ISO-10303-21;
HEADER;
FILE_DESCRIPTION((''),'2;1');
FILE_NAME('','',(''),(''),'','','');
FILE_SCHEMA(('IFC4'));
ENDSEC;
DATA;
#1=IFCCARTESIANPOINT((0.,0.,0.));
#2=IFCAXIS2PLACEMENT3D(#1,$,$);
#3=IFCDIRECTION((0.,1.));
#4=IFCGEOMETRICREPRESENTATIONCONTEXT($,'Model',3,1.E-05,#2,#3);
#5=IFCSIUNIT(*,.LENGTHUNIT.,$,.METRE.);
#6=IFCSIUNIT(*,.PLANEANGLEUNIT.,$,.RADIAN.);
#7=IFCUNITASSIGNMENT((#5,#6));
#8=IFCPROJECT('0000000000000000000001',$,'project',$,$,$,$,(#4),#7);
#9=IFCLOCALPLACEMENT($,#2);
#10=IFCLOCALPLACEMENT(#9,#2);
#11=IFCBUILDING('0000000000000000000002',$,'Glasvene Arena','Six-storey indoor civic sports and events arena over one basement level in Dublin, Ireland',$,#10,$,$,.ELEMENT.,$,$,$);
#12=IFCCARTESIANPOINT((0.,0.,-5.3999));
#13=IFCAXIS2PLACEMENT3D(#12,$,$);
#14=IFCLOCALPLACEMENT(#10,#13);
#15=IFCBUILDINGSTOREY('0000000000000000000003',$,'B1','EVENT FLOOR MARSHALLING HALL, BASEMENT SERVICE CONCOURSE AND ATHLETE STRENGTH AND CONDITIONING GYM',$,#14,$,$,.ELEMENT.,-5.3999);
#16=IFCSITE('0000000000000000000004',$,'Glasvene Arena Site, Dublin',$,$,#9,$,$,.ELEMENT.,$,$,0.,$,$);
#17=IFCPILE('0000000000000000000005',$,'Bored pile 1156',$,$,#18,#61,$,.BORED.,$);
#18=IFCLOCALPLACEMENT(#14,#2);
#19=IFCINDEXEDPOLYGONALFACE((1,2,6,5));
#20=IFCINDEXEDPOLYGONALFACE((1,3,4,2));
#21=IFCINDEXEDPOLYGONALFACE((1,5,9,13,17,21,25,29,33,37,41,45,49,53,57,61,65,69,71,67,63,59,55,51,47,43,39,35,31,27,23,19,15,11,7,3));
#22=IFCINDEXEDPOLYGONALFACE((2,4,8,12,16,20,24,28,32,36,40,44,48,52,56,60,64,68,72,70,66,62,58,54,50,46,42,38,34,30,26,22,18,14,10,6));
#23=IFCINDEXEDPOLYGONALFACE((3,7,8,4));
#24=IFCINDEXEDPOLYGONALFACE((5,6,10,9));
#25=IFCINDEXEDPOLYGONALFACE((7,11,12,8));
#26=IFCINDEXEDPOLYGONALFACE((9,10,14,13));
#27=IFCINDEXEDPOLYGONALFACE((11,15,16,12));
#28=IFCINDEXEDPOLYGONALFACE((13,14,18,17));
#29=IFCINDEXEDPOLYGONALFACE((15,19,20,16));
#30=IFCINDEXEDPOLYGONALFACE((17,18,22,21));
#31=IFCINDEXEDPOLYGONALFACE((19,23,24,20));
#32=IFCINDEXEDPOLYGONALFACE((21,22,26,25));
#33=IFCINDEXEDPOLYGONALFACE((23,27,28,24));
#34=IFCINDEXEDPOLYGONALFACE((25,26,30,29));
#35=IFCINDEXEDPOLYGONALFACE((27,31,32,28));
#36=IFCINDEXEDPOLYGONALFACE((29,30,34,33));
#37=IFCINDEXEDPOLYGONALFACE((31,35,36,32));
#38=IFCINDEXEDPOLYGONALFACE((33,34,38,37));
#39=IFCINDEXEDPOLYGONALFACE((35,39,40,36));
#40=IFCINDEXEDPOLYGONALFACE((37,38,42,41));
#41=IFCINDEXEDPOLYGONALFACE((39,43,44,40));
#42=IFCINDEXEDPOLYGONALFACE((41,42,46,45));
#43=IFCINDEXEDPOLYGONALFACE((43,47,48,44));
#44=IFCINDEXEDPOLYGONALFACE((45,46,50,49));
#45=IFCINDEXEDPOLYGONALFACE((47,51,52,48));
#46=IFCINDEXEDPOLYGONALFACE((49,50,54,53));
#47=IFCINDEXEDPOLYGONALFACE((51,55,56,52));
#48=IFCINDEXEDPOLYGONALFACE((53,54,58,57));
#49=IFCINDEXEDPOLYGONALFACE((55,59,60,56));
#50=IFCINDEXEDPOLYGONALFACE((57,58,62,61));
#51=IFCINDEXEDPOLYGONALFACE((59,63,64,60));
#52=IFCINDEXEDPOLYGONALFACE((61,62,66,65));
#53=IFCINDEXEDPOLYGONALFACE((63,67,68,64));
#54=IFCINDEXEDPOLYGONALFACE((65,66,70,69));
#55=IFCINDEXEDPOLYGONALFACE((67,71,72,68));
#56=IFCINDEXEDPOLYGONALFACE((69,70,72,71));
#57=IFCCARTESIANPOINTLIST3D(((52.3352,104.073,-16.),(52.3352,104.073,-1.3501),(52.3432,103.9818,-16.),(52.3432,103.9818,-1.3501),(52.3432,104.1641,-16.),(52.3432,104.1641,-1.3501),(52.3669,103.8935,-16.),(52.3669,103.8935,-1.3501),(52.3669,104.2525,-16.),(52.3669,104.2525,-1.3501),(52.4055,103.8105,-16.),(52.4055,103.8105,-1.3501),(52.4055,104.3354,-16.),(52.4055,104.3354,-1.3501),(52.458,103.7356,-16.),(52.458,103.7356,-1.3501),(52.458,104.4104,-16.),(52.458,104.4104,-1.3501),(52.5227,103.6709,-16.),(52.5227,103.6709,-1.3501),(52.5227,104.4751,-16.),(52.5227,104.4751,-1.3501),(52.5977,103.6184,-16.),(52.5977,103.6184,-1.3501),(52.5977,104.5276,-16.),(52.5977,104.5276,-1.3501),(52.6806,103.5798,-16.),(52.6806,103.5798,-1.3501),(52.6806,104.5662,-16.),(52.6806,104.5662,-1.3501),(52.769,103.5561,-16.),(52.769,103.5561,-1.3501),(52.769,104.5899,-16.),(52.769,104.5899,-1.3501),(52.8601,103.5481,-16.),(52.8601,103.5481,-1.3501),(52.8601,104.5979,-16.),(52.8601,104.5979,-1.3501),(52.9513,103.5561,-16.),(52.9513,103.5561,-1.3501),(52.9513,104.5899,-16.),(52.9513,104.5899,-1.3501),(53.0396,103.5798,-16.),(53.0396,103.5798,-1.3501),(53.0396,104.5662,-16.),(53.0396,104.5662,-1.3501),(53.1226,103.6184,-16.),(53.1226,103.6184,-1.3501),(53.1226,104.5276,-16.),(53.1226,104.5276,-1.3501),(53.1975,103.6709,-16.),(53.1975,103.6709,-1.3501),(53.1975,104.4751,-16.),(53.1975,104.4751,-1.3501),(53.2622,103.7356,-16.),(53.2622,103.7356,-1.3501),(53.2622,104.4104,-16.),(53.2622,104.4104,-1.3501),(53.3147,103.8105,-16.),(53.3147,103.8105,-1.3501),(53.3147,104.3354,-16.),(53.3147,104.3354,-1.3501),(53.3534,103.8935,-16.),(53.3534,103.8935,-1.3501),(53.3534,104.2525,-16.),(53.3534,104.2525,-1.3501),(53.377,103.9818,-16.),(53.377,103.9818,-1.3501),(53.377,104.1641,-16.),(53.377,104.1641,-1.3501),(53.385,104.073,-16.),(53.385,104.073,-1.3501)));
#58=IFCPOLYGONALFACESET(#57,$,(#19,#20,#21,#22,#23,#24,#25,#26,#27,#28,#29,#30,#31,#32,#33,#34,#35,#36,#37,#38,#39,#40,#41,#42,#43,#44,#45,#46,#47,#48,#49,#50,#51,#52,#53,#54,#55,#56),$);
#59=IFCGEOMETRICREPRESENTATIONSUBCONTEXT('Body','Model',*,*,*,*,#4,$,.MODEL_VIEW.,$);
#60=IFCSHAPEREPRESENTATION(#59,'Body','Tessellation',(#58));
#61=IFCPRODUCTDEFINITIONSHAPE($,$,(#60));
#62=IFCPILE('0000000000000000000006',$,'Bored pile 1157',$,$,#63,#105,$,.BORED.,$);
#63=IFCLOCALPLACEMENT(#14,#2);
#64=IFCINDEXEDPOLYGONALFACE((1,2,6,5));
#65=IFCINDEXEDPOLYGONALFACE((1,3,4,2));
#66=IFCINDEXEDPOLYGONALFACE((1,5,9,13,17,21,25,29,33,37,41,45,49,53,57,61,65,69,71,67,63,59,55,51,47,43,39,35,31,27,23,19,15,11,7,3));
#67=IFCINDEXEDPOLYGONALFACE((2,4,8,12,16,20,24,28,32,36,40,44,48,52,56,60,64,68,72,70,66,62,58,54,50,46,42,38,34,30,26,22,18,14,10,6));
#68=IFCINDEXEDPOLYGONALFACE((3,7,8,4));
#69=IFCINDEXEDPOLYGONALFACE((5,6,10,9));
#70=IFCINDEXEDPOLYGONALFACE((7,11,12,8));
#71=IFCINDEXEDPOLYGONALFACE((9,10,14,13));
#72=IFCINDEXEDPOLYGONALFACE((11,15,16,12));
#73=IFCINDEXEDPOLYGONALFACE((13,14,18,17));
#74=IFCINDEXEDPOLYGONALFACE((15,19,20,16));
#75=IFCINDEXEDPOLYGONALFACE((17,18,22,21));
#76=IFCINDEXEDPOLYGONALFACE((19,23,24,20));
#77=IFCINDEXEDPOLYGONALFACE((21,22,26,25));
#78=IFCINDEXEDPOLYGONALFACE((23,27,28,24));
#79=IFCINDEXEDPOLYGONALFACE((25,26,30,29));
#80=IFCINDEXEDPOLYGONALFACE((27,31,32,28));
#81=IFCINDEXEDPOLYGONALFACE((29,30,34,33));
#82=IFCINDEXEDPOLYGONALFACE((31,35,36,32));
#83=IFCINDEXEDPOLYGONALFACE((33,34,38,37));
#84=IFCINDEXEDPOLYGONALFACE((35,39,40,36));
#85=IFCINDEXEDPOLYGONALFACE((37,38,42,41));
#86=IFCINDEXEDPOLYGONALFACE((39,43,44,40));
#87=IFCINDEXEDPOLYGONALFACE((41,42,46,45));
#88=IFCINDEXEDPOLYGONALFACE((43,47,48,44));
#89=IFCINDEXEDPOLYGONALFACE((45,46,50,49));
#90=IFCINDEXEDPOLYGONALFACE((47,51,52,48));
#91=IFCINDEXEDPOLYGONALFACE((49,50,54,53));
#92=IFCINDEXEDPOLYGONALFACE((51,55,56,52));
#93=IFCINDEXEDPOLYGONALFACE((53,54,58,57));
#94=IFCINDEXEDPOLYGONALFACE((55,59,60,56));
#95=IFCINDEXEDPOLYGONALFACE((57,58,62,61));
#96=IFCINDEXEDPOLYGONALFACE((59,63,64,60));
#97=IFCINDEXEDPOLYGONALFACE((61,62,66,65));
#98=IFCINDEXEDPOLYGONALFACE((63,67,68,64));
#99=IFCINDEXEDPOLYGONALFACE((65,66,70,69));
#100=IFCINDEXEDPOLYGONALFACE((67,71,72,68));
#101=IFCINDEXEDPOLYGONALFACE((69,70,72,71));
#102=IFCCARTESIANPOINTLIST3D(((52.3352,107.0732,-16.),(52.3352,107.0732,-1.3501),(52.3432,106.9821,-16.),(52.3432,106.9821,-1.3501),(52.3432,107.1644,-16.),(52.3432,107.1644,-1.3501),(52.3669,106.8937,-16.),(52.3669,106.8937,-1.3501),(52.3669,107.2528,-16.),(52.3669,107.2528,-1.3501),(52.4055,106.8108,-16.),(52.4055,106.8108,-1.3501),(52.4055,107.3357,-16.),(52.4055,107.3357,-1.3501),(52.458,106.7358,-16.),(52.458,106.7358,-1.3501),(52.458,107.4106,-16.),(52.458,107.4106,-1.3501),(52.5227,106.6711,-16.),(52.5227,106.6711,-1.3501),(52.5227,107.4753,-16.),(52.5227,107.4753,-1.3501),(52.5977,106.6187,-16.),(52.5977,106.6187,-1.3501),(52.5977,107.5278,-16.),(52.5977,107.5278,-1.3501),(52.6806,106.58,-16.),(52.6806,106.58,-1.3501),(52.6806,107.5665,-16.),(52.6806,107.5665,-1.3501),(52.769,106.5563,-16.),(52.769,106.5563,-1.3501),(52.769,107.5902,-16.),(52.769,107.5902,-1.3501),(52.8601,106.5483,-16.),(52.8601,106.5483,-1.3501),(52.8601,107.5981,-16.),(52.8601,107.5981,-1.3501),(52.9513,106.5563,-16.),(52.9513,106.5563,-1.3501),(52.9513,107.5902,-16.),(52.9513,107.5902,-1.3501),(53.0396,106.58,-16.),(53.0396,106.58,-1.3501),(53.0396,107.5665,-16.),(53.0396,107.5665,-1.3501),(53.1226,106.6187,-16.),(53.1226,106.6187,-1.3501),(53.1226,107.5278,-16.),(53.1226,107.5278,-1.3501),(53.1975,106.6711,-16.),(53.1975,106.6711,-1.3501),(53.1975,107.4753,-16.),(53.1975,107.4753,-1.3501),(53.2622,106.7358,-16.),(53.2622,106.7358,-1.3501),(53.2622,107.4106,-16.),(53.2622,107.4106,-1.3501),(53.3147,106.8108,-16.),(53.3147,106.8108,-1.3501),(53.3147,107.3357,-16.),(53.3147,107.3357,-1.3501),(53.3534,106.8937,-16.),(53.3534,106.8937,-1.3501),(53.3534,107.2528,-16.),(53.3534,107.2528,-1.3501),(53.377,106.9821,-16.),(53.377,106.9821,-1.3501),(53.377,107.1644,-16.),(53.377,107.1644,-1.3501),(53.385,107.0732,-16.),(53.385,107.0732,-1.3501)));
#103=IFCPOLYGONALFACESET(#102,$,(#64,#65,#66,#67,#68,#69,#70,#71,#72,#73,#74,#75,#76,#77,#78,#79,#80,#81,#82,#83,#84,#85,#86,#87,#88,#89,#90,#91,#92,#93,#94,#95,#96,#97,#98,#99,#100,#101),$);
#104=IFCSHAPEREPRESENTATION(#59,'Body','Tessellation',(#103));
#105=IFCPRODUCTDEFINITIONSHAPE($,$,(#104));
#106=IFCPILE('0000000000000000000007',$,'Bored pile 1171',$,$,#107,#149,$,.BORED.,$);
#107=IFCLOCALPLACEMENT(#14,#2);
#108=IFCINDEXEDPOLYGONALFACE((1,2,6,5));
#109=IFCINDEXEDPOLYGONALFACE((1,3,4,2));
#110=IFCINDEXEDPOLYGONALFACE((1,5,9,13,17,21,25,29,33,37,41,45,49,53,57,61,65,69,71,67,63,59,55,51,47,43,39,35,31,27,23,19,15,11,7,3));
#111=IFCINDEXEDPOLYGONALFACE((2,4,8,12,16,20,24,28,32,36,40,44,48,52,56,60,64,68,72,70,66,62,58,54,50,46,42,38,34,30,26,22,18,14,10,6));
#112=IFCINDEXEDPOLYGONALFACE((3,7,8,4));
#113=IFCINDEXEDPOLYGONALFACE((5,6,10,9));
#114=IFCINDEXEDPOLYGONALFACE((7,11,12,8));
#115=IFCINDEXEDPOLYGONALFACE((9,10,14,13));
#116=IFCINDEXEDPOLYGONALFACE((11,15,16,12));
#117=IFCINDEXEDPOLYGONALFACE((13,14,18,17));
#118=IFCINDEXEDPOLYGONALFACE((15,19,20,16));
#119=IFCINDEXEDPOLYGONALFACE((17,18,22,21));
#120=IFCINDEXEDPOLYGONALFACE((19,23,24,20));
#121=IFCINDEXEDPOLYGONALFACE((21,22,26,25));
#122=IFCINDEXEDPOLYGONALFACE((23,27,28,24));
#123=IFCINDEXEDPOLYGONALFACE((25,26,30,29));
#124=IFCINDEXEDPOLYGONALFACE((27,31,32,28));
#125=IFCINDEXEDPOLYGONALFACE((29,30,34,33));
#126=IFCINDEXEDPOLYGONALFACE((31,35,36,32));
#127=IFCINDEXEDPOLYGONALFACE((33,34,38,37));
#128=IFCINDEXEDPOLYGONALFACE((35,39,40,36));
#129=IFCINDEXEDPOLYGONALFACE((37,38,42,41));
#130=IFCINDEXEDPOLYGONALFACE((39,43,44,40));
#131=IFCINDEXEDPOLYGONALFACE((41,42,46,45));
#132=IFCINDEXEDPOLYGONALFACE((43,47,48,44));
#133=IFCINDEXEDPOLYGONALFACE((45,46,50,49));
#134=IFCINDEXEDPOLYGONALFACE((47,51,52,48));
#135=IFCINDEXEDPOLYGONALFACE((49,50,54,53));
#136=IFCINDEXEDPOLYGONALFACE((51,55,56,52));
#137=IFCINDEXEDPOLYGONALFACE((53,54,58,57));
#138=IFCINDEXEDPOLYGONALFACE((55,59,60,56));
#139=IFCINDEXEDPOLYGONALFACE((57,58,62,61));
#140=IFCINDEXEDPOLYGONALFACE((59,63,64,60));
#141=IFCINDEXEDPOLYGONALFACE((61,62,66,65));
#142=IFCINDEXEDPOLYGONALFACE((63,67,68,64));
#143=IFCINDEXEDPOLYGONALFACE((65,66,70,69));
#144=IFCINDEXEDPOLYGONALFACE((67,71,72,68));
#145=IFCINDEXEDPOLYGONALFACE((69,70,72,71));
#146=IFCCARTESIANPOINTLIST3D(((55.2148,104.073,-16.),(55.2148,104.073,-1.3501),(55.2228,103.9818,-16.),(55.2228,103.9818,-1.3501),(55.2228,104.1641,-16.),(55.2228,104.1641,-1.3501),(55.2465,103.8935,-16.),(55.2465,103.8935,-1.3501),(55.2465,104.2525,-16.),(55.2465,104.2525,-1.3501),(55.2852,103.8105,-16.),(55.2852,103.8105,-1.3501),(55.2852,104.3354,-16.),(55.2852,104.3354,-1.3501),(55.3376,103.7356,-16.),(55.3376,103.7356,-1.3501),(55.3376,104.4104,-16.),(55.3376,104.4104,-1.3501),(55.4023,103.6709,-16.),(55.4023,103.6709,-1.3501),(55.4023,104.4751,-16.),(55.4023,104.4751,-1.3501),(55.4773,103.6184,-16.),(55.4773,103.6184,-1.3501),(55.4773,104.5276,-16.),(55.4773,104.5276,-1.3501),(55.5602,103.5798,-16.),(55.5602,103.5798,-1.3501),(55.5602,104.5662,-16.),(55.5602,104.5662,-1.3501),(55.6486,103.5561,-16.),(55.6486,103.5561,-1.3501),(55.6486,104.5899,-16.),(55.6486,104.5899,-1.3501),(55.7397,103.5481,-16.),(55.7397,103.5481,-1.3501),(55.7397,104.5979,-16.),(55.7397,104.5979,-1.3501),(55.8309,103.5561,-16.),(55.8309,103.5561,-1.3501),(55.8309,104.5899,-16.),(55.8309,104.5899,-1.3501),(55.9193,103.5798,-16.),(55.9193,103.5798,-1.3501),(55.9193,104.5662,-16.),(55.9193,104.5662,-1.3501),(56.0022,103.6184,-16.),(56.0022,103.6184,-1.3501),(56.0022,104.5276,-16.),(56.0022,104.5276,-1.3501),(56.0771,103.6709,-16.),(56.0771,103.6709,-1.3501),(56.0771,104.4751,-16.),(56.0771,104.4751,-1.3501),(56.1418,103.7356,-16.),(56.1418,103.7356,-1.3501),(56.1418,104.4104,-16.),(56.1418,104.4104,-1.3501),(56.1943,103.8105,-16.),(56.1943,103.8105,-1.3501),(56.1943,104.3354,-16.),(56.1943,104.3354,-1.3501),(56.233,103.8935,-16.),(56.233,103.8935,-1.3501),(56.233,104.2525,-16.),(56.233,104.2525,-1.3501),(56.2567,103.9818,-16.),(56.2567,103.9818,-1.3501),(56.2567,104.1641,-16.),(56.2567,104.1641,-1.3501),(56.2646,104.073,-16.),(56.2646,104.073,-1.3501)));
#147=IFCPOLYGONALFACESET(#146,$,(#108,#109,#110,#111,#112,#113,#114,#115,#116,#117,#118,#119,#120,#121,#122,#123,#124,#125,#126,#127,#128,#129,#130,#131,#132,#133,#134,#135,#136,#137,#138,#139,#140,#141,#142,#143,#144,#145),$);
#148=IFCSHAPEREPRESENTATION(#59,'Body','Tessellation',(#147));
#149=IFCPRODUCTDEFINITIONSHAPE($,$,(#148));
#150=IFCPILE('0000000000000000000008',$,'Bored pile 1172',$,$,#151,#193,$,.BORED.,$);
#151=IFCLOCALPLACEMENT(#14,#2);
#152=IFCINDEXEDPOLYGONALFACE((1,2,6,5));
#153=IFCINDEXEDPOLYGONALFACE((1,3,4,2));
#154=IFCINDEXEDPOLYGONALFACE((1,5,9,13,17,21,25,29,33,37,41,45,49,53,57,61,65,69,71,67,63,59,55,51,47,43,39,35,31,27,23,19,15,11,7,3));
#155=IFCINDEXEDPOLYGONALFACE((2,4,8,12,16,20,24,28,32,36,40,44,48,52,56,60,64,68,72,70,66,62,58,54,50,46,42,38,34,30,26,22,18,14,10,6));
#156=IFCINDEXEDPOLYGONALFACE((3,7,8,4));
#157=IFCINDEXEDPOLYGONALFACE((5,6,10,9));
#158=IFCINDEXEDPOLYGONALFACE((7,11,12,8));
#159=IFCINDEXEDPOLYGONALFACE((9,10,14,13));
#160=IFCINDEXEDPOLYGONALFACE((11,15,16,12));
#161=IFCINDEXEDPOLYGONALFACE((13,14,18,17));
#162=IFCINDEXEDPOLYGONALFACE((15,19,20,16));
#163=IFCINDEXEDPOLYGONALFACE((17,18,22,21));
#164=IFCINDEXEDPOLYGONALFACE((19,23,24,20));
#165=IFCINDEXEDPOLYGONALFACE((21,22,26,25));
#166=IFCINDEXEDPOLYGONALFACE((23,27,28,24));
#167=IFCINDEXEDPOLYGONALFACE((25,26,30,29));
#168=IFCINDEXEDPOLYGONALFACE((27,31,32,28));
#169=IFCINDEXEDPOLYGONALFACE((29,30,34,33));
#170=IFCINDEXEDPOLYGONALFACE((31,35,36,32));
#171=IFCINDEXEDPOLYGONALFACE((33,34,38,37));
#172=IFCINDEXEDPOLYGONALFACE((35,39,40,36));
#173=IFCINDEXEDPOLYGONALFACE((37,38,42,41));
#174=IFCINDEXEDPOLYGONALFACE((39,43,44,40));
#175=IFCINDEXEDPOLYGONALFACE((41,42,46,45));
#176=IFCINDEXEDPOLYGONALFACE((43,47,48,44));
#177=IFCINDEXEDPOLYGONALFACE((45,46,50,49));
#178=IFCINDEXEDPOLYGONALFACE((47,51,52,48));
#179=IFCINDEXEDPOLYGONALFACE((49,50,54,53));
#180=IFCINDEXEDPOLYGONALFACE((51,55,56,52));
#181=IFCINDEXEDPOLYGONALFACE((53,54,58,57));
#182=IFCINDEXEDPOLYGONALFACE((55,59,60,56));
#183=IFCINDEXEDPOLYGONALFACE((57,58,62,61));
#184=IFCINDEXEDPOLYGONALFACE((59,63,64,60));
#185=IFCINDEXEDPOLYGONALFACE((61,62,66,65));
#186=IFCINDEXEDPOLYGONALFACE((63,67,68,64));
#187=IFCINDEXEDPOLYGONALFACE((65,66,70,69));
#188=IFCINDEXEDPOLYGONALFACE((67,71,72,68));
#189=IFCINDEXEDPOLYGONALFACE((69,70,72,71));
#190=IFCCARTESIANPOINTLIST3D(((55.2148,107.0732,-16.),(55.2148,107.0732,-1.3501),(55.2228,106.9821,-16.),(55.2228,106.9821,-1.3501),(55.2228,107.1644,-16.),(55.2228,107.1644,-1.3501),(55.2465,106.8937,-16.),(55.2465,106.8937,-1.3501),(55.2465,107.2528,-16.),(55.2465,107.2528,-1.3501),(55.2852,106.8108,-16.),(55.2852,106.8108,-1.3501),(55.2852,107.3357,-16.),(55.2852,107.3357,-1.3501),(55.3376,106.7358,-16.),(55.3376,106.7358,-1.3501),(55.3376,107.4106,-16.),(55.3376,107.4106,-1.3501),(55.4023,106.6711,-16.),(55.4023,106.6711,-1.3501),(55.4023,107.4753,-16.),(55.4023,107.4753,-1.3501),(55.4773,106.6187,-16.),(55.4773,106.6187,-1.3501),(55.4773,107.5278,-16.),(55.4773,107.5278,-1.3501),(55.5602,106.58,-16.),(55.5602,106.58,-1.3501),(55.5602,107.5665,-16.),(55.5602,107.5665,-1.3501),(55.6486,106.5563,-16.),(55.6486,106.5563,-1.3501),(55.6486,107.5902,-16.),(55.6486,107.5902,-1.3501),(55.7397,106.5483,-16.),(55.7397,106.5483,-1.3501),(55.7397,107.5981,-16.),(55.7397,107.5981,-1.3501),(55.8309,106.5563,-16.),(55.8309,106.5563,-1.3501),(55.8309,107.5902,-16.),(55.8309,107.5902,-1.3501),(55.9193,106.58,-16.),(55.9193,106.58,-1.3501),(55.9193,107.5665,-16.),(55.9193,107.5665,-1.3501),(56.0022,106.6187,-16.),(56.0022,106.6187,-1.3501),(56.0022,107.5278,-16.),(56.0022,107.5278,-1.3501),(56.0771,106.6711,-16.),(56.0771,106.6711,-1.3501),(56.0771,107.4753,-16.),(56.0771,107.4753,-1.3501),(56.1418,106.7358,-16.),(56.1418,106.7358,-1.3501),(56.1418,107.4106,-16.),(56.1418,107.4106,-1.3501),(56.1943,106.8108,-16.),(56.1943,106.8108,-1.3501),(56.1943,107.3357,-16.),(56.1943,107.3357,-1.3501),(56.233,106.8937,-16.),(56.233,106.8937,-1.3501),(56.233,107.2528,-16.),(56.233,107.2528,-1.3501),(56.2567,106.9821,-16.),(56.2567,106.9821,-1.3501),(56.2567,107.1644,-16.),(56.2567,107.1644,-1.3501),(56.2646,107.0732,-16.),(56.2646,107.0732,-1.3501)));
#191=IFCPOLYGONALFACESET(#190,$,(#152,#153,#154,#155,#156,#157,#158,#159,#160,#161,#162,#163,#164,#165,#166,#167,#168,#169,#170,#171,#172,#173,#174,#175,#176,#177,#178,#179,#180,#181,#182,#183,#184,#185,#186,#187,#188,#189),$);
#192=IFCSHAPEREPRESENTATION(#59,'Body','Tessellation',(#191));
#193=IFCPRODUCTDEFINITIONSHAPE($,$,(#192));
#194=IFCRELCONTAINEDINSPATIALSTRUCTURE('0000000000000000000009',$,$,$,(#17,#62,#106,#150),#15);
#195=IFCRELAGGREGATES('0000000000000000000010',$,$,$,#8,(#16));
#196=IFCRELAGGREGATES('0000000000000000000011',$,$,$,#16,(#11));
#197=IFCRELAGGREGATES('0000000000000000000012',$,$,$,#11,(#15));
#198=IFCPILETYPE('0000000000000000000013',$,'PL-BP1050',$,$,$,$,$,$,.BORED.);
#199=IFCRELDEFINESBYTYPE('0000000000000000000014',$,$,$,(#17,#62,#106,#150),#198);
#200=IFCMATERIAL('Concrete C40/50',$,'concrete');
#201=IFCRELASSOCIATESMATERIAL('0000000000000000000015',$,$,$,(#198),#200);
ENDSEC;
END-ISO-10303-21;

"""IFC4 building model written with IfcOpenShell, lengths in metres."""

from ifc_helpers import new_model, si_unit, direction, frame, origin, origin_2d, place, context, subcontext, project, spatial, circle, extrude, material, material_profile, profile_set, type_object, element, save


model = new_model("IFC4")

# Units and contexts
model_context = context("Model", 3, precision=1e-05, world=origin(), true_north=direction((0.0, 1.0)))
body_context = subcontext(model_context, "Body", "Model", "MODEL_VIEW")
ifc_project = project(units=[si_unit("LENGTHUNIT", "METRE"), si_unit("PLANEANGLEUNIT", "RADIAN")], contexts=[model_context])

# Site, building, storey
site_placement = place(None, origin())
site = spatial("IfcSite", under=ifc_project, at=site_placement, Name="Glasvene Arena Site, Dublin", CompositionType="ELEMENT", RefElevation=0.0)
building_placement = place(site_placement, origin())
building = spatial("IfcBuilding", under=site, at=building_placement, Name="Glasvene Arena", Description="Six-storey indoor civic sports and events arena over one basement level in Dublin, Ireland", CompositionType="ELEMENT")
storey_placement = place(building_placement, frame((0.0, 0.0, -5.3999)))
storey = spatial("IfcBuildingStorey", under=building, at=storey_placement, Name="B1", Description="EVENT FLOOR MARSHALLING HALL, BASEMENT SERVICE CONCOURSE AND ATHLETE STRENGTH AND CONDITIONING GYM", CompositionType="ELEMENT", Elevation=-5.3999)

# Piles
ifc_material_1 = material(Name="Concrete C40/50", Category="concrete")
ifc_material_profile_1 = material_profile(ifc_material_1, circle(Radius=0.5249, at=origin_2d()), Name="BORED PILE 1050")
ifc_profile_set_1 = profile_set([ifc_material_profile_1], Name="Concrete C40/50")
pile_type = type_object("IfcPileType", Name="PL-BP1050", PredefinedType="BORED", material=ifc_profile_set_1)
for number, where, z_axis, x_axis, name in (
    (1, (52.8601, 104.073, -1.3501), (0.0, 0.0, -1.0), (1.0, 0.0, 0.0), "Bored pile 1156"),
    (2, (52.8601, 107.0732, -1.3501), (0.0, 0.0, -1.0), (1.0, 0.0, 0.0), "Bored pile 1157"),
    (3, (55.7397, 104.073, -1.3501), (0.0, 0.0, -1.0), (1.0, 0.0, 0.0), "Bored pile 1171"),
    (4, (55.7397, 107.0732, -1.3501), (0.0, 0.0, -1.0), (1.0, 0.0, 0.0), "Bored pile 1172"),
):
    element("IfcPile", number, at=place(storey_placement, frame(where, z_axis=z_axis, x_axis=x_axis)), inside=storey, type_object=pile_type, Name=name, PredefinedType="BORED", context=body_context, shape_type="SweptSolid", body=[
        extrude(circle(Radius=0.5249, at=origin_2d()), origin(), (0.0, 0.0, 1.0), 14.6499),
    ])

save(model, "model.ifc")
